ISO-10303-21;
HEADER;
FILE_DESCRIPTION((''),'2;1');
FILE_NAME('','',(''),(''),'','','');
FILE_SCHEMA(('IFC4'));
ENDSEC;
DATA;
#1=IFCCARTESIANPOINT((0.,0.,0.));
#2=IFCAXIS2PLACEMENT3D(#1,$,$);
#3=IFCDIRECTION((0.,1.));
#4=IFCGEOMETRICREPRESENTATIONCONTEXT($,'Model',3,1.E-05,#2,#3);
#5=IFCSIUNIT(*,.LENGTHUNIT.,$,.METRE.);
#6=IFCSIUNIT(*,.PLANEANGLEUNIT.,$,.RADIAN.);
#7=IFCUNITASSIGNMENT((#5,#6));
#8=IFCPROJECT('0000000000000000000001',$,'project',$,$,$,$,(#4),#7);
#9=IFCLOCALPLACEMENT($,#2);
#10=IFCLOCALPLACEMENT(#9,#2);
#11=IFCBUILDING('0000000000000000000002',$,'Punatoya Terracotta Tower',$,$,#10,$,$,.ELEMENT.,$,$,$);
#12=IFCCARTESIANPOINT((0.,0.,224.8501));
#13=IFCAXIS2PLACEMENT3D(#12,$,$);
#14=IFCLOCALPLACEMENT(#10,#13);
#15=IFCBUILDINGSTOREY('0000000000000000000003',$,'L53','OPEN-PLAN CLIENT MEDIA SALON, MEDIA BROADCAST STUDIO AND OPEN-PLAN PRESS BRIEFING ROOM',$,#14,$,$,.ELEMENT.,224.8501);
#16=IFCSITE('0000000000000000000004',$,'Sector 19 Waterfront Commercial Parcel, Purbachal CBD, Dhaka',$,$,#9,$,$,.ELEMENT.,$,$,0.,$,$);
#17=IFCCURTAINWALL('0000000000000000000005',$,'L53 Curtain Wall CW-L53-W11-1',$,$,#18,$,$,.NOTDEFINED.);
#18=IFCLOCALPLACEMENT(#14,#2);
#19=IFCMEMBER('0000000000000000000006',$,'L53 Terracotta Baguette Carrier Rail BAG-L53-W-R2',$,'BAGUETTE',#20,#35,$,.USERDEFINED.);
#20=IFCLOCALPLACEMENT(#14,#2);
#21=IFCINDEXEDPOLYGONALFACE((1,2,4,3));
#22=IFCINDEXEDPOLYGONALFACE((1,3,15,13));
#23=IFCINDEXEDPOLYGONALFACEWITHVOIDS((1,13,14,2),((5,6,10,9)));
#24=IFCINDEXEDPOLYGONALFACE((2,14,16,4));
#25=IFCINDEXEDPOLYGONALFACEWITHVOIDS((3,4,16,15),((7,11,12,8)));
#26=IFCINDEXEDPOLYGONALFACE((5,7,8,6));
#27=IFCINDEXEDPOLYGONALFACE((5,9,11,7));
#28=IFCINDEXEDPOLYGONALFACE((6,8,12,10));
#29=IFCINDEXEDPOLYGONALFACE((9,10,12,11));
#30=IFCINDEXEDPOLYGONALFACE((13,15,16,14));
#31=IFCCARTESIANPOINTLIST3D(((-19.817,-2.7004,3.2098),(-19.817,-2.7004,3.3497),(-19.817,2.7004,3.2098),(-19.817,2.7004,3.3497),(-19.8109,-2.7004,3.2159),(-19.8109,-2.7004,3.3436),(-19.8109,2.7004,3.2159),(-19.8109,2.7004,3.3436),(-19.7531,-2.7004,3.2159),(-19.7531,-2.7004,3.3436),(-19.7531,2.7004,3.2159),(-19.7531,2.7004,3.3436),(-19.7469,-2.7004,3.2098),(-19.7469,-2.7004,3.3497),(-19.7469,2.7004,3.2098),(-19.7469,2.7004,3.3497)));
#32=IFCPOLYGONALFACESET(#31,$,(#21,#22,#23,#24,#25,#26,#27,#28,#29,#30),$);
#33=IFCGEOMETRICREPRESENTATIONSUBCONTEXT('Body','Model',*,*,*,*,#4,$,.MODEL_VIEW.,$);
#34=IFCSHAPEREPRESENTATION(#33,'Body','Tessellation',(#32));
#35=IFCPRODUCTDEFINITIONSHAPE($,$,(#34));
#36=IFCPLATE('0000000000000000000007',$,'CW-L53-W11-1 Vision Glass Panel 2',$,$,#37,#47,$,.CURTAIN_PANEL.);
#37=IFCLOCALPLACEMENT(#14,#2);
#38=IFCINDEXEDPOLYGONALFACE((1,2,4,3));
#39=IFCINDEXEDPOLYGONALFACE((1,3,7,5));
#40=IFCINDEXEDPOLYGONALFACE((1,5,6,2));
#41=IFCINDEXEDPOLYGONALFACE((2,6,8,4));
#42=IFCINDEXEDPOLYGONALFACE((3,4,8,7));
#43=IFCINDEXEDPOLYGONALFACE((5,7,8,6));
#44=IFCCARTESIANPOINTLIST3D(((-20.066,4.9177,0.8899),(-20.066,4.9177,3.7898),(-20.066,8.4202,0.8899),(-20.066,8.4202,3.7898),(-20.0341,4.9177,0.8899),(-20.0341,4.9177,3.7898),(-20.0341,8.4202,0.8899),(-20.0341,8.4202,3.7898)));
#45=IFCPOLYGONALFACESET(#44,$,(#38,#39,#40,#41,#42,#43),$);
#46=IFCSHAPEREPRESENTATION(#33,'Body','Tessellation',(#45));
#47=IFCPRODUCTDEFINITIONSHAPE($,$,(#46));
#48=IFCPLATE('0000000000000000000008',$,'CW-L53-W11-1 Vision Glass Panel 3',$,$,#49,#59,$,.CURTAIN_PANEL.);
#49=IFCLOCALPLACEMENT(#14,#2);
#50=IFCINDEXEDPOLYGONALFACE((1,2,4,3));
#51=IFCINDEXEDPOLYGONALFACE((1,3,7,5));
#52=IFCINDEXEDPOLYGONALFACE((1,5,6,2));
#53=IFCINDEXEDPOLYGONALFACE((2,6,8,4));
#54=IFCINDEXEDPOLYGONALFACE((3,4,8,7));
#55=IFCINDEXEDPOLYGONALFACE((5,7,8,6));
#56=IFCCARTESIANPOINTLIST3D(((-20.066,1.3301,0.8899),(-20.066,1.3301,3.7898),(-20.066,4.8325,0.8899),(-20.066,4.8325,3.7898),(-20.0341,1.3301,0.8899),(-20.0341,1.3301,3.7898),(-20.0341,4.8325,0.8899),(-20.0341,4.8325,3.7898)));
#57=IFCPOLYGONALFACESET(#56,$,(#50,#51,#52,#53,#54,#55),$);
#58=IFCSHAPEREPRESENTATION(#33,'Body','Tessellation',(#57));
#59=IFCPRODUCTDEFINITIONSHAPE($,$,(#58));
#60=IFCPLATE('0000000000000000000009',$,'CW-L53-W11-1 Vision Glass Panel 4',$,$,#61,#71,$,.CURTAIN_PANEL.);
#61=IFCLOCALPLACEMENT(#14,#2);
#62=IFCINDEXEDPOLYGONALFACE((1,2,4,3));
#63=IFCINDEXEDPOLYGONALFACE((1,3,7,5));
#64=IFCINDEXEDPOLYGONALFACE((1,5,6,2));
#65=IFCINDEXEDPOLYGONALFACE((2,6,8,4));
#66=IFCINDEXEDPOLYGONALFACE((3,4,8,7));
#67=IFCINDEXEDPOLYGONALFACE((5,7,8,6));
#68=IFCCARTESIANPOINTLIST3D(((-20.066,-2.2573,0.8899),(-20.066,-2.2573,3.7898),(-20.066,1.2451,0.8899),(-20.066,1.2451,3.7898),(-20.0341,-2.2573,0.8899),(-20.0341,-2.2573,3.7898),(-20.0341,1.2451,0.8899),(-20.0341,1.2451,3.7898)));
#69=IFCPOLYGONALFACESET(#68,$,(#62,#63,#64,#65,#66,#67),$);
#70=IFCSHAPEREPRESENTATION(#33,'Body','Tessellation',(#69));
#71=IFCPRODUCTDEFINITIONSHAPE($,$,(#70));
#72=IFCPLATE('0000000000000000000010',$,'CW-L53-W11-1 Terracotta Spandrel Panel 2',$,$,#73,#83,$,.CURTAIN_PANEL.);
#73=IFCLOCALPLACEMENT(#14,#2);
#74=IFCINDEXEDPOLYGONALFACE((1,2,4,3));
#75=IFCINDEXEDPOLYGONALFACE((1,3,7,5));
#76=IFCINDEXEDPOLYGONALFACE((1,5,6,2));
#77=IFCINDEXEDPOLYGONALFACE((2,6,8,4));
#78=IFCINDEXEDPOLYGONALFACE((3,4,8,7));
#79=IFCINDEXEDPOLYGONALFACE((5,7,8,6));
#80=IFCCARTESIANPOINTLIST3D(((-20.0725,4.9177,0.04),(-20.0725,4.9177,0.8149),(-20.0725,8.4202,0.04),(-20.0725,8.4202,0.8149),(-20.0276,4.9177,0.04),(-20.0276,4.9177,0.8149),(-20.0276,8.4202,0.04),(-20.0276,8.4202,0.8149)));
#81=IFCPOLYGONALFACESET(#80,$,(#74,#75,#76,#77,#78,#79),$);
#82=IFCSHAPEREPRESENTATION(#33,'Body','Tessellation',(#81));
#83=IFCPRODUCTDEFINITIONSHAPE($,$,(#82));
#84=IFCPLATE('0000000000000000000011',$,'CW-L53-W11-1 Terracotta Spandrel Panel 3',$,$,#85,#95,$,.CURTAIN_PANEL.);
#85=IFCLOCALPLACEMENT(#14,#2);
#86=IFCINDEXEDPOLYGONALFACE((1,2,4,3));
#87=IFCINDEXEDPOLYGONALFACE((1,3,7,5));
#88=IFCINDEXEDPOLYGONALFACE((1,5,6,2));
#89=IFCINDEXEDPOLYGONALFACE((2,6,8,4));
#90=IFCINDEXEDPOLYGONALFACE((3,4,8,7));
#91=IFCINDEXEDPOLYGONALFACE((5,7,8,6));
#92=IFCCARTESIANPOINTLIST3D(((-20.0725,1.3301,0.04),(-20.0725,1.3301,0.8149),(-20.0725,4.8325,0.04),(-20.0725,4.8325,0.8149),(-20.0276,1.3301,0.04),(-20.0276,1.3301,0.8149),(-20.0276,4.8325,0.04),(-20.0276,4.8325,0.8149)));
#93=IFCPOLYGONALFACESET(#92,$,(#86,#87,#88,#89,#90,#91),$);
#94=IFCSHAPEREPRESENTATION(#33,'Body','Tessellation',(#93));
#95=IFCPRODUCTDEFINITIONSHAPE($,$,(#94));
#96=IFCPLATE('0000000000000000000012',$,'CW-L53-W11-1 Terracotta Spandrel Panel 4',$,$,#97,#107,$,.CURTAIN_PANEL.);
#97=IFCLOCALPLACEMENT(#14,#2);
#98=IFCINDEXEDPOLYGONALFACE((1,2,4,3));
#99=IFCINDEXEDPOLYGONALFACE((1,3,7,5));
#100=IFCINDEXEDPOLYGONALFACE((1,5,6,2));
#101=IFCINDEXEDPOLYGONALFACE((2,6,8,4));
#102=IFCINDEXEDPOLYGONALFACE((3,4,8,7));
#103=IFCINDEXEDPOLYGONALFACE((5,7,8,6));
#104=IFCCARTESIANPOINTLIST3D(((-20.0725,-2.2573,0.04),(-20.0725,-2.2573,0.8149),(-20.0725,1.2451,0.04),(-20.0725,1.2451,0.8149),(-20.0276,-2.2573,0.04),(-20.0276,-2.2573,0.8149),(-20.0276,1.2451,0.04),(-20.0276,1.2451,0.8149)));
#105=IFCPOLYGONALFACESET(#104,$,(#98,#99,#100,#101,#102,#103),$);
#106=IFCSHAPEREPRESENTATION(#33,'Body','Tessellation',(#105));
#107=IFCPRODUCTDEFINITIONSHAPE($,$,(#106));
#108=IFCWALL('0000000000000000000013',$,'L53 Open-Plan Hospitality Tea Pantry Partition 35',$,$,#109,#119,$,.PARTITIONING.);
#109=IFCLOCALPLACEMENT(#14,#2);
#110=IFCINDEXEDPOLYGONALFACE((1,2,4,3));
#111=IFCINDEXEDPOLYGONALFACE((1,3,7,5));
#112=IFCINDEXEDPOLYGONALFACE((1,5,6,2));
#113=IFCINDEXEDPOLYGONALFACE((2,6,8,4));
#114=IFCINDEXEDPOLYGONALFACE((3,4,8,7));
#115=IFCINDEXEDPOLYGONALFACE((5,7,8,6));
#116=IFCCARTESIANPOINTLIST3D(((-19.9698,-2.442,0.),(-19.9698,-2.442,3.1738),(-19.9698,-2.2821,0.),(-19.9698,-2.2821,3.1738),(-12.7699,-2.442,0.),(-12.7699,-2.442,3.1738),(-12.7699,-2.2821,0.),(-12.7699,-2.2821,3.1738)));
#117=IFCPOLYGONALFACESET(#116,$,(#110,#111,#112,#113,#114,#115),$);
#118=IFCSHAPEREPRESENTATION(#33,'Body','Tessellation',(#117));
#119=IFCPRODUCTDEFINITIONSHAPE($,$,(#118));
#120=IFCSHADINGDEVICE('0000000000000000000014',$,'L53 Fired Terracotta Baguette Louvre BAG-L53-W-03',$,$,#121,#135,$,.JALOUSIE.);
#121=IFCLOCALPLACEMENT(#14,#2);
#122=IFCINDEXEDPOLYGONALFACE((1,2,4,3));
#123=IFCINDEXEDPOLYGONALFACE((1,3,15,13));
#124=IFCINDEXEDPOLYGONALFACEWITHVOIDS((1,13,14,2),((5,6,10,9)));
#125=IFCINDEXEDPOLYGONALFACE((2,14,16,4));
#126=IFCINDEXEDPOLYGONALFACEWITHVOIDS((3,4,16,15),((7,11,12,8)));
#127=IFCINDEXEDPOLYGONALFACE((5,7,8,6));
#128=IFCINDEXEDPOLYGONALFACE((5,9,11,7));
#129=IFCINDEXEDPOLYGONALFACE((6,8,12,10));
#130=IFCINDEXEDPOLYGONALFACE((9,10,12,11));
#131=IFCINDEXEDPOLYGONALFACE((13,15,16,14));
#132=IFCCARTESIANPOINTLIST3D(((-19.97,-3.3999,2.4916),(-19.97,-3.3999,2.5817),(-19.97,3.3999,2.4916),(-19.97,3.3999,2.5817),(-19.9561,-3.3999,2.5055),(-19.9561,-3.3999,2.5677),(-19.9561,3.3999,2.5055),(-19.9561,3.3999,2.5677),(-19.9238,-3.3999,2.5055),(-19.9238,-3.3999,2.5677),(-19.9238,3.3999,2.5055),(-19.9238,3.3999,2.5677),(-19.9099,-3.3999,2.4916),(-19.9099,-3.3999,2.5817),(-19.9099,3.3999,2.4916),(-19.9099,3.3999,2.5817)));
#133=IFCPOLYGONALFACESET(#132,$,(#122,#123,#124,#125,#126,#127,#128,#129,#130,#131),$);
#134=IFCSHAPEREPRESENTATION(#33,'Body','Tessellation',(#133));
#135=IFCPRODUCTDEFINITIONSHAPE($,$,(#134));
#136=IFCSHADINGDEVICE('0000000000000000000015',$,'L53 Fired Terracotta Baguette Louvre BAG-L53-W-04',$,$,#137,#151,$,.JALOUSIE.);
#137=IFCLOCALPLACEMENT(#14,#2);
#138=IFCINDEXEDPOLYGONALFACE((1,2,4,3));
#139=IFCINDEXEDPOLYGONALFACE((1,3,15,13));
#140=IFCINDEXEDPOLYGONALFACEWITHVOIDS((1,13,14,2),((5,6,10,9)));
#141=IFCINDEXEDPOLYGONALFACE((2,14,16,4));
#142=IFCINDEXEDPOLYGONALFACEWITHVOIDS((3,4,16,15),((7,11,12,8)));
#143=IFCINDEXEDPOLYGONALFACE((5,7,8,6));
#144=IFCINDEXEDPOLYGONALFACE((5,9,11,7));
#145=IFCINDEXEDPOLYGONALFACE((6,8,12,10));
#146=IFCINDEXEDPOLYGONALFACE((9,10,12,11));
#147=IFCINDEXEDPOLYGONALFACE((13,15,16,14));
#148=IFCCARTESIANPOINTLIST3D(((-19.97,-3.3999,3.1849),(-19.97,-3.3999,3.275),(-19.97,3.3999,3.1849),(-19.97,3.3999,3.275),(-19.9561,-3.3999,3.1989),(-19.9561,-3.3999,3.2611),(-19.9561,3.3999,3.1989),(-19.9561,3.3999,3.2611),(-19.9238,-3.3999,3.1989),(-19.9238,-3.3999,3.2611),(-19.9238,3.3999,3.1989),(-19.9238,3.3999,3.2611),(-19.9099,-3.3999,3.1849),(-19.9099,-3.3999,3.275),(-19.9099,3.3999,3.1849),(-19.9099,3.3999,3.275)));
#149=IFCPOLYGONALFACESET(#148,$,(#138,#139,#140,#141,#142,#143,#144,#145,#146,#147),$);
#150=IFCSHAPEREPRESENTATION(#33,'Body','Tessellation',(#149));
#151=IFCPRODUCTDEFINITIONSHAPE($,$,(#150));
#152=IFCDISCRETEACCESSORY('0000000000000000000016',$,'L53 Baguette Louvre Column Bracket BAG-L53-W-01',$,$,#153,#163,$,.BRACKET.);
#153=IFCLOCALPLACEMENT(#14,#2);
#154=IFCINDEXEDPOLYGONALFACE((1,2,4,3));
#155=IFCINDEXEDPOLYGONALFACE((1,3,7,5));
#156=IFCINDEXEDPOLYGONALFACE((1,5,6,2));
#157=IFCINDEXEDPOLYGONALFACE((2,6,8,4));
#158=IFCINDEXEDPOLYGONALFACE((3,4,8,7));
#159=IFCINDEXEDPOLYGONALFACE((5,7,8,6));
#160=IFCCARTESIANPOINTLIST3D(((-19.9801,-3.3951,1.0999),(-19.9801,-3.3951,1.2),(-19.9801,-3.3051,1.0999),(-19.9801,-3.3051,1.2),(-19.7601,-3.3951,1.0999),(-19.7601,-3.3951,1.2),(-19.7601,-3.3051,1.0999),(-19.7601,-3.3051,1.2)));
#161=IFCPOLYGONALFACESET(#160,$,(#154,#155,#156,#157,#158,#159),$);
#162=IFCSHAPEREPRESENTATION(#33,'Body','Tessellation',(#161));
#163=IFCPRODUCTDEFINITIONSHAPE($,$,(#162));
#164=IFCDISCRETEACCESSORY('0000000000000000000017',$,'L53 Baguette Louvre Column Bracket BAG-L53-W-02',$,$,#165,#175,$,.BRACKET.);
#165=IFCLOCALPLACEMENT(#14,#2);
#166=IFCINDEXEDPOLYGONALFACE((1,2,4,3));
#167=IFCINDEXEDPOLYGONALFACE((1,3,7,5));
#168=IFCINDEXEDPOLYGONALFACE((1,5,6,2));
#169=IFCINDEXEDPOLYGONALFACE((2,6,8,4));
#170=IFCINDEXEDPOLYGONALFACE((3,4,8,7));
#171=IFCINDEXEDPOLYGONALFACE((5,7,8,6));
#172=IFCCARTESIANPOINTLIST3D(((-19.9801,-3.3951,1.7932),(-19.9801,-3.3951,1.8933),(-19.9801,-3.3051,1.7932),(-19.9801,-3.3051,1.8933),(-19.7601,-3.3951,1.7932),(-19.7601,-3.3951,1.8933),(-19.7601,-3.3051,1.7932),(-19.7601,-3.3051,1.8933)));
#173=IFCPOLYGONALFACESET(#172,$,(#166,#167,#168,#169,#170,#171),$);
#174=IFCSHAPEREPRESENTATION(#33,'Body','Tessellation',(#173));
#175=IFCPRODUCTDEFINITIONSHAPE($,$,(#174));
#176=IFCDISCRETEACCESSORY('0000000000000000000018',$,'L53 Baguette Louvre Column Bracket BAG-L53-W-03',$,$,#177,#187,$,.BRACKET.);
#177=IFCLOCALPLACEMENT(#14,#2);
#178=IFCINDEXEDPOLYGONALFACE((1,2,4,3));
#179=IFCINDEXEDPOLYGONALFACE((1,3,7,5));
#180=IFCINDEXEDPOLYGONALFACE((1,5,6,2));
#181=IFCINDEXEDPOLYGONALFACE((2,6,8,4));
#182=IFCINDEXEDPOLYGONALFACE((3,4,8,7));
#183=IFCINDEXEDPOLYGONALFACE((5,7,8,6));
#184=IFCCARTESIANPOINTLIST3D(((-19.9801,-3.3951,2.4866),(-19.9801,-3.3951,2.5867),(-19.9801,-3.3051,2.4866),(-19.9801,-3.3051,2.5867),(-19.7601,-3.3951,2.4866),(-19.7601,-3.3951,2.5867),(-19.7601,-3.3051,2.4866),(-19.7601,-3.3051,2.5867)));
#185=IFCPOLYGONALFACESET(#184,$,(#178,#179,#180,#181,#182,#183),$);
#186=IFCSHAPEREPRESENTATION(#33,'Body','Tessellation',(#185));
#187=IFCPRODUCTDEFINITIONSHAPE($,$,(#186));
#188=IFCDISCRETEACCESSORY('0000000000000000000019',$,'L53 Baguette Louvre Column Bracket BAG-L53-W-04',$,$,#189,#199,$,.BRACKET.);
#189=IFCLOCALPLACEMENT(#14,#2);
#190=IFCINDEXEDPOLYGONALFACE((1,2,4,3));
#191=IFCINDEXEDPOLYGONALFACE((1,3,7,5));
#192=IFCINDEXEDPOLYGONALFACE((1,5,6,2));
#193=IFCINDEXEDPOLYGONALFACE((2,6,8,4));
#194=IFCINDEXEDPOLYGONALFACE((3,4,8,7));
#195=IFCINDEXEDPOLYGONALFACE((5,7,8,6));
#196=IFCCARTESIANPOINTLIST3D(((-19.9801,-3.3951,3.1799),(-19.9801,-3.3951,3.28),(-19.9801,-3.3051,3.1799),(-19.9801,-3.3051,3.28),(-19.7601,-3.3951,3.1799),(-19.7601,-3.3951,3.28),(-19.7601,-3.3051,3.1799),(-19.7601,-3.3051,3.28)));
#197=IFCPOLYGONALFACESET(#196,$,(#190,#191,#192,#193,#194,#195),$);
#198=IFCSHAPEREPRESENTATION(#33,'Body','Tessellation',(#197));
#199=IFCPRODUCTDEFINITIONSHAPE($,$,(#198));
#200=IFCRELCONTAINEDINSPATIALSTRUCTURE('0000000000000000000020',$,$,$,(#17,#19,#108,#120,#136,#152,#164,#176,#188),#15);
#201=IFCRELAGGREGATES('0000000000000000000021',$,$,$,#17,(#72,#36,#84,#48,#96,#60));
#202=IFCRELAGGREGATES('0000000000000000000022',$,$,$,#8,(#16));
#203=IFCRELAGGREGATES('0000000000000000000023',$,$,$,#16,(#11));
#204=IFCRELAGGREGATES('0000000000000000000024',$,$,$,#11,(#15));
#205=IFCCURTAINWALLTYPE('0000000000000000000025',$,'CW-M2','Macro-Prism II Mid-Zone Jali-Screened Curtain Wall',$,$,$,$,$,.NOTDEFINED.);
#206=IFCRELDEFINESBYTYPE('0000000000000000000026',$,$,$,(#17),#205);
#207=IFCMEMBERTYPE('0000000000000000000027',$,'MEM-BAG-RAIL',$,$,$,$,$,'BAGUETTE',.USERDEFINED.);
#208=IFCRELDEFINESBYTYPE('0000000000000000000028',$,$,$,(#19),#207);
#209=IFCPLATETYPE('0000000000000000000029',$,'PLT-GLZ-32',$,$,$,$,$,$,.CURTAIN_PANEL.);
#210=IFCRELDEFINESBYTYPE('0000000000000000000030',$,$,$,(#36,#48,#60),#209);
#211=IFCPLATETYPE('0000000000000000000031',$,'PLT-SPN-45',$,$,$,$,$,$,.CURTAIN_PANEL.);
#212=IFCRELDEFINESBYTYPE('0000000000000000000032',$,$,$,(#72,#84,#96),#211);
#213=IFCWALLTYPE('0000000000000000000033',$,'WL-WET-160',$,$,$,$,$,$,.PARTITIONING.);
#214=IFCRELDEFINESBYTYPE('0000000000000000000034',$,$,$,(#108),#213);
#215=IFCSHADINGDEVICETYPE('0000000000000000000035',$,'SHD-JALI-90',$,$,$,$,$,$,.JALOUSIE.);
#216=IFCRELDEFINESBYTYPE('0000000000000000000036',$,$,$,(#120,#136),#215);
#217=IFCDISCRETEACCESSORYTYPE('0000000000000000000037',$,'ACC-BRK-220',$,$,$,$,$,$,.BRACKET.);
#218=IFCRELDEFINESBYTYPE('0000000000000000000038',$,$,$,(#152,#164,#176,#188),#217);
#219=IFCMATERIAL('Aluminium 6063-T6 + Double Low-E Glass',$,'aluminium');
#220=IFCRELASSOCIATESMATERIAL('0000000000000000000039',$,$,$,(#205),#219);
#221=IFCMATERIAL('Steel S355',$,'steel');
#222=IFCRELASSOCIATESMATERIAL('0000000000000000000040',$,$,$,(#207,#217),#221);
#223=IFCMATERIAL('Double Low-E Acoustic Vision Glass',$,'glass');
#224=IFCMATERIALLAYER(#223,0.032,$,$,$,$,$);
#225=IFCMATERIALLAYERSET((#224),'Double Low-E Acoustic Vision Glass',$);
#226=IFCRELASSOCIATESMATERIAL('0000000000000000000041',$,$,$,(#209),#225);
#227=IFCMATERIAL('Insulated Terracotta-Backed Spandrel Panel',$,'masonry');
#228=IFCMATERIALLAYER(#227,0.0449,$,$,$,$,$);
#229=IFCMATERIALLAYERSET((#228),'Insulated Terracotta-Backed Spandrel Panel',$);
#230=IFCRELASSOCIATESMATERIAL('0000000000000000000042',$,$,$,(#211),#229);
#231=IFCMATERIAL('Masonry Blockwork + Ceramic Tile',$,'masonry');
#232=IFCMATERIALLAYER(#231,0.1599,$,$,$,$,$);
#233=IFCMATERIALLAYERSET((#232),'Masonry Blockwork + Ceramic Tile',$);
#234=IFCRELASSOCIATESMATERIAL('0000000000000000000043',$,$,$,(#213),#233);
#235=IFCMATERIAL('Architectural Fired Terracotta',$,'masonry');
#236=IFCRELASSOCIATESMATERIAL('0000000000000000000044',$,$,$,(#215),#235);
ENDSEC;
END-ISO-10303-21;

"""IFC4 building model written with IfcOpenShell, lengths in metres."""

from ifc_helpers import new_model, si_unit, direction, frame, frame_2d, origin, origin_2d, place, context, subcontext, project, spatial, rectangle, hollow_rectangle, extrude, material, layer, layer_set, material_profile, profile_set, type_object, element, aggregate, save


model = new_model("IFC4")

# Units and contexts
model_context = context("Model", 3, precision=1e-05, world=origin(), true_north=direction((0.0, 1.0)))
body_context = subcontext(model_context, "Body", "Model", "MODEL_VIEW")
ifc_project = project(units=[si_unit("LENGTHUNIT", "METRE"), si_unit("PLANEANGLEUNIT", "RADIAN")], contexts=[model_context])

# Site, building, storey
site_placement = place(None, origin())
site = spatial("IfcSite", under=ifc_project, at=site_placement, Name="Sector 19 Waterfront Commercial Parcel, Purbachal CBD, Dhaka", CompositionType="ELEMENT", RefElevation=0.0)
building_placement = place(site_placement, origin())
building = spatial("IfcBuilding", under=site, at=building_placement, Name="Punatoya Terracotta Tower", CompositionType="ELEMENT")
storey_placement = place(building_placement, frame((0.0, 0.0, 224.8501)))
storey = spatial("IfcBuildingStorey", under=building, at=storey_placement, Name="L53", Description="OPEN-PLAN CLIENT MEDIA SALON, MEDIA BROADCAST STUDIO AND OPEN-PLAN PRESS BRIEFING ROOM", CompositionType="ELEMENT", Elevation=224.8501)

# Shared definitions
ifc_material_1 = material(Name="Steel S355", Category="steel")

# Curtain wall
ifc_material_2 = material(Name="Aluminium 6063-T6 + Double Low-E Glass", Category="aluminium")
curtain_wall_type = type_object("IfcCurtainWallType", Name="CW-M2", Description="Macro-Prism II Mid-Zone Jali-Screened Curtain Wall", PredefinedType="NOTDEFINED", material=ifc_material_2)
curtain_wall_placement = place(storey_placement, origin())
curtain_wall = element("IfcCurtainWall", 1, at=curtain_wall_placement, inside=storey, type_object=curtain_wall_type, Name="L53 Curtain Wall CW-L53-W11-1", PredefinedType="NOTDEFINED")

# Member
ifc_material_profile_1 = material_profile(ifc_material_1, hollow_rectangle(XDim=0.0701, YDim=0.1399, WallThickness=0.0061, at=origin_2d()))
ifc_profile_set_1 = profile_set([ifc_material_profile_1], Name="Steel S355")
member_type_1 = type_object("IfcMemberType", Name="MEM-BAG-RAIL", ElementType="BAGUETTE", PredefinedType="USERDEFINED", material=ifc_profile_set_1)
for number, where, z_axis, x_axis, name in (
    (2, (-19.782, -2.7004, 3.2798), (0.0, 1.0, 0.0), (-1.0, 0.0, 0.0), "L53 Terracotta Baguette Carrier Rail BAG-L53-W-R2"),
):
    element("IfcMember", number, at=place(storey_placement, frame(where, z_axis=z_axis, x_axis=x_axis)), inside=storey, type_object=member_type_1, Name=name, ObjectType="BAGUETTE", PredefinedType="USERDEFINED", context=body_context, shape_type="SweptSolid", body=[
        extrude(hollow_rectangle(XDim=0.0701, YDim=0.1399, WallThickness=0.0061, at=origin_2d()), origin(), (0.0, 0.0, 1.0), 5.4009),
    ])

# Plates
ifc_material_3 = material(Name="Double Low-E Acoustic Vision Glass", Category="glass")
ifc_layer_1 = layer(ifc_material_3, 0.032)
ifc_layer_set_1 = layer_set([ifc_layer_1], Name="Double Low-E Acoustic Vision Glass")
plate_type_1 = type_object("IfcPlateType", Name="PLT-GLZ-32", PredefinedType="CURTAIN_PANEL", material=ifc_layer_set_1)
plate_1_placement = place(storey_placement, frame((-20.05, 6.6689, 0.8899), z_axis=(0.0, 0.0, 1.0), x_axis=(0.0, -1.0, 0.0)))
plate_1 = element("IfcPlate", 3, at=plate_1_placement, type_object=plate_type_1, Name="CW-L53-W11-1 Vision Glass Panel 2", PredefinedType="CURTAIN_PANEL", context=body_context, shape_type="SweptSolid", body=[
    extrude(rectangle(XDim=3.5024, YDim=0.032, at=origin_2d()), origin(), (0.0, 0.0, 1.0), 2.8999),
])
plate_2_placement = place(storey_placement, frame((-20.05, 3.0813, 0.8899), z_axis=(0.0, 0.0, 1.0), x_axis=(0.0, -1.0, 0.0)))
plate_2 = element("IfcPlate", 4, at=plate_2_placement, type_object=plate_type_1, Name="CW-L53-W11-1 Vision Glass Panel 3", PredefinedType="CURTAIN_PANEL", context=body_context, shape_type="SweptSolid", body=[
    extrude(rectangle(XDim=3.5024, YDim=0.032, at=origin_2d()), origin(), (0.0, 0.0, 1.0), 2.8999),
])
plate_3_placement = place(storey_placement, frame((-20.05, -0.5061, 0.8899), z_axis=(0.0, 0.0, 1.0), x_axis=(0.0, -1.0, 0.0)))
plate_3 = element("IfcPlate", 5, at=plate_3_placement, type_object=plate_type_1, Name="CW-L53-W11-1 Vision Glass Panel 4", PredefinedType="CURTAIN_PANEL", context=body_context, shape_type="SweptSolid", body=[
    extrude(rectangle(XDim=3.5024, YDim=0.032, at=origin_2d()), origin(), (0.0, 0.0, 1.0), 2.8999),
])
ifc_material_4 = material(Name="Insulated Terracotta-Backed Spandrel Panel", Category="masonry")
ifc_layer_2 = layer(ifc_material_4, 0.0449)
ifc_layer_set_2 = layer_set([ifc_layer_2], Name="Insulated Terracotta-Backed Spandrel Panel")
plate_type_2 = type_object("IfcPlateType", Name="PLT-SPN-45", PredefinedType="CURTAIN_PANEL", material=ifc_layer_set_2)
plate_4_placement = place(storey_placement, frame((-20.05, 6.6689, 0.04), z_axis=(0.0, 0.0, 1.0), x_axis=(0.0, -1.0, 0.0)))
plate_4 = element("IfcPlate", 6, at=plate_4_placement, type_object=plate_type_2, Name="CW-L53-W11-1 Terracotta Spandrel Panel 2", PredefinedType="CURTAIN_PANEL", context=body_context, shape_type="SweptSolid", body=[
    extrude(rectangle(XDim=3.5024, YDim=0.0449, at=origin_2d()), origin(), (0.0, 0.0, 1.0), 0.7749),
])
plate_5_placement = place(storey_placement, frame((-20.05, 3.0813, 0.04), z_axis=(0.0, 0.0, 1.0), x_axis=(0.0, -1.0, 0.0)))
plate_5 = element("IfcPlate", 7, at=plate_5_placement, type_object=plate_type_2, Name="CW-L53-W11-1 Terracotta Spandrel Panel 3", PredefinedType="CURTAIN_PANEL", context=body_context, shape_type="SweptSolid", body=[
    extrude(rectangle(XDim=3.5024, YDim=0.0449, at=origin_2d()), origin(), (0.0, 0.0, 1.0), 0.7749),
])
plate_6_placement = place(storey_placement, frame((-20.05, -0.5061, 0.04), z_axis=(0.0, 0.0, 1.0), x_axis=(0.0, -1.0, 0.0)))
plate_6 = element("IfcPlate", 8, at=plate_6_placement, type_object=plate_type_2, Name="CW-L53-W11-1 Terracotta Spandrel Panel 4", PredefinedType="CURTAIN_PANEL", context=body_context, shape_type="SweptSolid", body=[
    extrude(rectangle(XDim=3.5024, YDim=0.0449, at=origin_2d()), origin(), (0.0, 0.0, 1.0), 0.7749),
])
aggregate(curtain_wall, [plate_4, plate_1, plate_5, plate_2, plate_6, plate_3])

# Wall
ifc_material_5 = material(Name="Masonry Blockwork + Ceramic Tile", Category="masonry")
ifc_layer_3 = layer(ifc_material_5, 0.1599)
ifc_layer_set_3 = layer_set([ifc_layer_3], Name="Masonry Blockwork + Ceramic Tile")
wall_type = type_object("IfcWallType", Name="WL-WET-160", PredefinedType="PARTITIONING", material=ifc_layer_set_3)
wall_placement = place(storey_placement, frame((-19.97, -2.3621, 0.0), z_axis=(0.0, 0.0, 1.0), x_axis=(1.0, 0.0, 0.0)))
element("IfcWall", 9, at=wall_placement, inside=storey, type_object=wall_type, Name="L53 Open-Plan Hospitality Tea Pantry Partition 35", PredefinedType="PARTITIONING", context=body_context, shape_type="SweptSolid", body=[
    extrude(rectangle(XDim=7.2, YDim=0.1599, at=frame_2d((3.6001, 0.0))), origin(), (0.0, 0.0, 1.0), 3.1738),
])

# Shading devices
ifc_material_6 = material(Name="Architectural Fired Terracotta", Category="masonry")
ifc_material_profile_2 = material_profile(ifc_material_6, hollow_rectangle(XDim=0.0601, YDim=0.0901, WallThickness=0.0139, at=origin_2d()))
ifc_profile_set_2 = profile_set([ifc_material_profile_2], Name="Architectural Fired Terracotta")
shading_device_type = type_object("IfcShadingDeviceType", Name="SHD-JALI-90", PredefinedType="JALOUSIE", material=ifc_profile_set_2)
for number, where, z_axis, x_axis, name in (
    (10, (-19.9399, -3.3999, 2.5366), (0.0, 1.0, 0.0), (-1.0, 0.0, 0.0), "L53 Fired Terracotta Baguette Louvre BAG-L53-W-03"),
    (11, (-19.9399, -3.3999, 3.23), (0.0, 1.0, 0.0), (-1.0, 0.0, 0.0), "L53 Fired Terracotta Baguette Louvre BAG-L53-W-04"),
):
    element("IfcShadingDevice", number, at=place(storey_placement, frame(where, z_axis=z_axis, x_axis=x_axis)), inside=storey, type_object=shading_device_type, Name=name, PredefinedType="JALOUSIE", context=body_context, shape_type="SweptSolid", body=[
        extrude(hollow_rectangle(XDim=0.0601, YDim=0.0901, WallThickness=0.0139, at=origin_2d()), origin(), (0.0, 0.0, 1.0), 6.7998),
    ])

# Discrete accessories
discrete_accessory_type = type_object("IfcDiscreteAccessoryType", Name="ACC-BRK-220", PredefinedType="BRACKET", material=ifc_material_1)
for number, where, z_axis, x_axis, name in (
    (12, (-19.8701, -3.3501, 1.0999), (0.0, 0.0, 1.0), (0.0, 1.0, 0.0), "L53 Baguette Louvre Column Bracket BAG-L53-W-01"),
    (13, (-19.8701, -3.3501, 1.7932), (0.0, 0.0, 1.0), (0.0, 1.0, 0.0), "L53 Baguette Louvre Column Bracket BAG-L53-W-02"),
    (14, (-19.8701, -3.3501, 2.4866), (0.0, 0.0, 1.0), (0.0, 1.0, 0.0), "L53 Baguette Louvre Column Bracket BAG-L53-W-03"),
    (15, (-19.8701, -3.3501, 3.1799), (0.0, 0.0, 1.0), (0.0, 1.0, 0.0), "L53 Baguette Louvre Column Bracket BAG-L53-W-04"),
):
    element("IfcDiscreteAccessory", number, at=place(storey_placement, frame(where, z_axis=z_axis, x_axis=x_axis)), inside=storey, type_object=discrete_accessory_type, Name=name, PredefinedType="BRACKET", context=body_context, shape_type="SweptSolid", body=[
        extrude(rectangle(XDim=0.0901, YDim=0.22, at=origin_2d()), origin(), (0.0, 0.0, 1.0), 0.1001),
    ])

save(model, "model.ifc")
